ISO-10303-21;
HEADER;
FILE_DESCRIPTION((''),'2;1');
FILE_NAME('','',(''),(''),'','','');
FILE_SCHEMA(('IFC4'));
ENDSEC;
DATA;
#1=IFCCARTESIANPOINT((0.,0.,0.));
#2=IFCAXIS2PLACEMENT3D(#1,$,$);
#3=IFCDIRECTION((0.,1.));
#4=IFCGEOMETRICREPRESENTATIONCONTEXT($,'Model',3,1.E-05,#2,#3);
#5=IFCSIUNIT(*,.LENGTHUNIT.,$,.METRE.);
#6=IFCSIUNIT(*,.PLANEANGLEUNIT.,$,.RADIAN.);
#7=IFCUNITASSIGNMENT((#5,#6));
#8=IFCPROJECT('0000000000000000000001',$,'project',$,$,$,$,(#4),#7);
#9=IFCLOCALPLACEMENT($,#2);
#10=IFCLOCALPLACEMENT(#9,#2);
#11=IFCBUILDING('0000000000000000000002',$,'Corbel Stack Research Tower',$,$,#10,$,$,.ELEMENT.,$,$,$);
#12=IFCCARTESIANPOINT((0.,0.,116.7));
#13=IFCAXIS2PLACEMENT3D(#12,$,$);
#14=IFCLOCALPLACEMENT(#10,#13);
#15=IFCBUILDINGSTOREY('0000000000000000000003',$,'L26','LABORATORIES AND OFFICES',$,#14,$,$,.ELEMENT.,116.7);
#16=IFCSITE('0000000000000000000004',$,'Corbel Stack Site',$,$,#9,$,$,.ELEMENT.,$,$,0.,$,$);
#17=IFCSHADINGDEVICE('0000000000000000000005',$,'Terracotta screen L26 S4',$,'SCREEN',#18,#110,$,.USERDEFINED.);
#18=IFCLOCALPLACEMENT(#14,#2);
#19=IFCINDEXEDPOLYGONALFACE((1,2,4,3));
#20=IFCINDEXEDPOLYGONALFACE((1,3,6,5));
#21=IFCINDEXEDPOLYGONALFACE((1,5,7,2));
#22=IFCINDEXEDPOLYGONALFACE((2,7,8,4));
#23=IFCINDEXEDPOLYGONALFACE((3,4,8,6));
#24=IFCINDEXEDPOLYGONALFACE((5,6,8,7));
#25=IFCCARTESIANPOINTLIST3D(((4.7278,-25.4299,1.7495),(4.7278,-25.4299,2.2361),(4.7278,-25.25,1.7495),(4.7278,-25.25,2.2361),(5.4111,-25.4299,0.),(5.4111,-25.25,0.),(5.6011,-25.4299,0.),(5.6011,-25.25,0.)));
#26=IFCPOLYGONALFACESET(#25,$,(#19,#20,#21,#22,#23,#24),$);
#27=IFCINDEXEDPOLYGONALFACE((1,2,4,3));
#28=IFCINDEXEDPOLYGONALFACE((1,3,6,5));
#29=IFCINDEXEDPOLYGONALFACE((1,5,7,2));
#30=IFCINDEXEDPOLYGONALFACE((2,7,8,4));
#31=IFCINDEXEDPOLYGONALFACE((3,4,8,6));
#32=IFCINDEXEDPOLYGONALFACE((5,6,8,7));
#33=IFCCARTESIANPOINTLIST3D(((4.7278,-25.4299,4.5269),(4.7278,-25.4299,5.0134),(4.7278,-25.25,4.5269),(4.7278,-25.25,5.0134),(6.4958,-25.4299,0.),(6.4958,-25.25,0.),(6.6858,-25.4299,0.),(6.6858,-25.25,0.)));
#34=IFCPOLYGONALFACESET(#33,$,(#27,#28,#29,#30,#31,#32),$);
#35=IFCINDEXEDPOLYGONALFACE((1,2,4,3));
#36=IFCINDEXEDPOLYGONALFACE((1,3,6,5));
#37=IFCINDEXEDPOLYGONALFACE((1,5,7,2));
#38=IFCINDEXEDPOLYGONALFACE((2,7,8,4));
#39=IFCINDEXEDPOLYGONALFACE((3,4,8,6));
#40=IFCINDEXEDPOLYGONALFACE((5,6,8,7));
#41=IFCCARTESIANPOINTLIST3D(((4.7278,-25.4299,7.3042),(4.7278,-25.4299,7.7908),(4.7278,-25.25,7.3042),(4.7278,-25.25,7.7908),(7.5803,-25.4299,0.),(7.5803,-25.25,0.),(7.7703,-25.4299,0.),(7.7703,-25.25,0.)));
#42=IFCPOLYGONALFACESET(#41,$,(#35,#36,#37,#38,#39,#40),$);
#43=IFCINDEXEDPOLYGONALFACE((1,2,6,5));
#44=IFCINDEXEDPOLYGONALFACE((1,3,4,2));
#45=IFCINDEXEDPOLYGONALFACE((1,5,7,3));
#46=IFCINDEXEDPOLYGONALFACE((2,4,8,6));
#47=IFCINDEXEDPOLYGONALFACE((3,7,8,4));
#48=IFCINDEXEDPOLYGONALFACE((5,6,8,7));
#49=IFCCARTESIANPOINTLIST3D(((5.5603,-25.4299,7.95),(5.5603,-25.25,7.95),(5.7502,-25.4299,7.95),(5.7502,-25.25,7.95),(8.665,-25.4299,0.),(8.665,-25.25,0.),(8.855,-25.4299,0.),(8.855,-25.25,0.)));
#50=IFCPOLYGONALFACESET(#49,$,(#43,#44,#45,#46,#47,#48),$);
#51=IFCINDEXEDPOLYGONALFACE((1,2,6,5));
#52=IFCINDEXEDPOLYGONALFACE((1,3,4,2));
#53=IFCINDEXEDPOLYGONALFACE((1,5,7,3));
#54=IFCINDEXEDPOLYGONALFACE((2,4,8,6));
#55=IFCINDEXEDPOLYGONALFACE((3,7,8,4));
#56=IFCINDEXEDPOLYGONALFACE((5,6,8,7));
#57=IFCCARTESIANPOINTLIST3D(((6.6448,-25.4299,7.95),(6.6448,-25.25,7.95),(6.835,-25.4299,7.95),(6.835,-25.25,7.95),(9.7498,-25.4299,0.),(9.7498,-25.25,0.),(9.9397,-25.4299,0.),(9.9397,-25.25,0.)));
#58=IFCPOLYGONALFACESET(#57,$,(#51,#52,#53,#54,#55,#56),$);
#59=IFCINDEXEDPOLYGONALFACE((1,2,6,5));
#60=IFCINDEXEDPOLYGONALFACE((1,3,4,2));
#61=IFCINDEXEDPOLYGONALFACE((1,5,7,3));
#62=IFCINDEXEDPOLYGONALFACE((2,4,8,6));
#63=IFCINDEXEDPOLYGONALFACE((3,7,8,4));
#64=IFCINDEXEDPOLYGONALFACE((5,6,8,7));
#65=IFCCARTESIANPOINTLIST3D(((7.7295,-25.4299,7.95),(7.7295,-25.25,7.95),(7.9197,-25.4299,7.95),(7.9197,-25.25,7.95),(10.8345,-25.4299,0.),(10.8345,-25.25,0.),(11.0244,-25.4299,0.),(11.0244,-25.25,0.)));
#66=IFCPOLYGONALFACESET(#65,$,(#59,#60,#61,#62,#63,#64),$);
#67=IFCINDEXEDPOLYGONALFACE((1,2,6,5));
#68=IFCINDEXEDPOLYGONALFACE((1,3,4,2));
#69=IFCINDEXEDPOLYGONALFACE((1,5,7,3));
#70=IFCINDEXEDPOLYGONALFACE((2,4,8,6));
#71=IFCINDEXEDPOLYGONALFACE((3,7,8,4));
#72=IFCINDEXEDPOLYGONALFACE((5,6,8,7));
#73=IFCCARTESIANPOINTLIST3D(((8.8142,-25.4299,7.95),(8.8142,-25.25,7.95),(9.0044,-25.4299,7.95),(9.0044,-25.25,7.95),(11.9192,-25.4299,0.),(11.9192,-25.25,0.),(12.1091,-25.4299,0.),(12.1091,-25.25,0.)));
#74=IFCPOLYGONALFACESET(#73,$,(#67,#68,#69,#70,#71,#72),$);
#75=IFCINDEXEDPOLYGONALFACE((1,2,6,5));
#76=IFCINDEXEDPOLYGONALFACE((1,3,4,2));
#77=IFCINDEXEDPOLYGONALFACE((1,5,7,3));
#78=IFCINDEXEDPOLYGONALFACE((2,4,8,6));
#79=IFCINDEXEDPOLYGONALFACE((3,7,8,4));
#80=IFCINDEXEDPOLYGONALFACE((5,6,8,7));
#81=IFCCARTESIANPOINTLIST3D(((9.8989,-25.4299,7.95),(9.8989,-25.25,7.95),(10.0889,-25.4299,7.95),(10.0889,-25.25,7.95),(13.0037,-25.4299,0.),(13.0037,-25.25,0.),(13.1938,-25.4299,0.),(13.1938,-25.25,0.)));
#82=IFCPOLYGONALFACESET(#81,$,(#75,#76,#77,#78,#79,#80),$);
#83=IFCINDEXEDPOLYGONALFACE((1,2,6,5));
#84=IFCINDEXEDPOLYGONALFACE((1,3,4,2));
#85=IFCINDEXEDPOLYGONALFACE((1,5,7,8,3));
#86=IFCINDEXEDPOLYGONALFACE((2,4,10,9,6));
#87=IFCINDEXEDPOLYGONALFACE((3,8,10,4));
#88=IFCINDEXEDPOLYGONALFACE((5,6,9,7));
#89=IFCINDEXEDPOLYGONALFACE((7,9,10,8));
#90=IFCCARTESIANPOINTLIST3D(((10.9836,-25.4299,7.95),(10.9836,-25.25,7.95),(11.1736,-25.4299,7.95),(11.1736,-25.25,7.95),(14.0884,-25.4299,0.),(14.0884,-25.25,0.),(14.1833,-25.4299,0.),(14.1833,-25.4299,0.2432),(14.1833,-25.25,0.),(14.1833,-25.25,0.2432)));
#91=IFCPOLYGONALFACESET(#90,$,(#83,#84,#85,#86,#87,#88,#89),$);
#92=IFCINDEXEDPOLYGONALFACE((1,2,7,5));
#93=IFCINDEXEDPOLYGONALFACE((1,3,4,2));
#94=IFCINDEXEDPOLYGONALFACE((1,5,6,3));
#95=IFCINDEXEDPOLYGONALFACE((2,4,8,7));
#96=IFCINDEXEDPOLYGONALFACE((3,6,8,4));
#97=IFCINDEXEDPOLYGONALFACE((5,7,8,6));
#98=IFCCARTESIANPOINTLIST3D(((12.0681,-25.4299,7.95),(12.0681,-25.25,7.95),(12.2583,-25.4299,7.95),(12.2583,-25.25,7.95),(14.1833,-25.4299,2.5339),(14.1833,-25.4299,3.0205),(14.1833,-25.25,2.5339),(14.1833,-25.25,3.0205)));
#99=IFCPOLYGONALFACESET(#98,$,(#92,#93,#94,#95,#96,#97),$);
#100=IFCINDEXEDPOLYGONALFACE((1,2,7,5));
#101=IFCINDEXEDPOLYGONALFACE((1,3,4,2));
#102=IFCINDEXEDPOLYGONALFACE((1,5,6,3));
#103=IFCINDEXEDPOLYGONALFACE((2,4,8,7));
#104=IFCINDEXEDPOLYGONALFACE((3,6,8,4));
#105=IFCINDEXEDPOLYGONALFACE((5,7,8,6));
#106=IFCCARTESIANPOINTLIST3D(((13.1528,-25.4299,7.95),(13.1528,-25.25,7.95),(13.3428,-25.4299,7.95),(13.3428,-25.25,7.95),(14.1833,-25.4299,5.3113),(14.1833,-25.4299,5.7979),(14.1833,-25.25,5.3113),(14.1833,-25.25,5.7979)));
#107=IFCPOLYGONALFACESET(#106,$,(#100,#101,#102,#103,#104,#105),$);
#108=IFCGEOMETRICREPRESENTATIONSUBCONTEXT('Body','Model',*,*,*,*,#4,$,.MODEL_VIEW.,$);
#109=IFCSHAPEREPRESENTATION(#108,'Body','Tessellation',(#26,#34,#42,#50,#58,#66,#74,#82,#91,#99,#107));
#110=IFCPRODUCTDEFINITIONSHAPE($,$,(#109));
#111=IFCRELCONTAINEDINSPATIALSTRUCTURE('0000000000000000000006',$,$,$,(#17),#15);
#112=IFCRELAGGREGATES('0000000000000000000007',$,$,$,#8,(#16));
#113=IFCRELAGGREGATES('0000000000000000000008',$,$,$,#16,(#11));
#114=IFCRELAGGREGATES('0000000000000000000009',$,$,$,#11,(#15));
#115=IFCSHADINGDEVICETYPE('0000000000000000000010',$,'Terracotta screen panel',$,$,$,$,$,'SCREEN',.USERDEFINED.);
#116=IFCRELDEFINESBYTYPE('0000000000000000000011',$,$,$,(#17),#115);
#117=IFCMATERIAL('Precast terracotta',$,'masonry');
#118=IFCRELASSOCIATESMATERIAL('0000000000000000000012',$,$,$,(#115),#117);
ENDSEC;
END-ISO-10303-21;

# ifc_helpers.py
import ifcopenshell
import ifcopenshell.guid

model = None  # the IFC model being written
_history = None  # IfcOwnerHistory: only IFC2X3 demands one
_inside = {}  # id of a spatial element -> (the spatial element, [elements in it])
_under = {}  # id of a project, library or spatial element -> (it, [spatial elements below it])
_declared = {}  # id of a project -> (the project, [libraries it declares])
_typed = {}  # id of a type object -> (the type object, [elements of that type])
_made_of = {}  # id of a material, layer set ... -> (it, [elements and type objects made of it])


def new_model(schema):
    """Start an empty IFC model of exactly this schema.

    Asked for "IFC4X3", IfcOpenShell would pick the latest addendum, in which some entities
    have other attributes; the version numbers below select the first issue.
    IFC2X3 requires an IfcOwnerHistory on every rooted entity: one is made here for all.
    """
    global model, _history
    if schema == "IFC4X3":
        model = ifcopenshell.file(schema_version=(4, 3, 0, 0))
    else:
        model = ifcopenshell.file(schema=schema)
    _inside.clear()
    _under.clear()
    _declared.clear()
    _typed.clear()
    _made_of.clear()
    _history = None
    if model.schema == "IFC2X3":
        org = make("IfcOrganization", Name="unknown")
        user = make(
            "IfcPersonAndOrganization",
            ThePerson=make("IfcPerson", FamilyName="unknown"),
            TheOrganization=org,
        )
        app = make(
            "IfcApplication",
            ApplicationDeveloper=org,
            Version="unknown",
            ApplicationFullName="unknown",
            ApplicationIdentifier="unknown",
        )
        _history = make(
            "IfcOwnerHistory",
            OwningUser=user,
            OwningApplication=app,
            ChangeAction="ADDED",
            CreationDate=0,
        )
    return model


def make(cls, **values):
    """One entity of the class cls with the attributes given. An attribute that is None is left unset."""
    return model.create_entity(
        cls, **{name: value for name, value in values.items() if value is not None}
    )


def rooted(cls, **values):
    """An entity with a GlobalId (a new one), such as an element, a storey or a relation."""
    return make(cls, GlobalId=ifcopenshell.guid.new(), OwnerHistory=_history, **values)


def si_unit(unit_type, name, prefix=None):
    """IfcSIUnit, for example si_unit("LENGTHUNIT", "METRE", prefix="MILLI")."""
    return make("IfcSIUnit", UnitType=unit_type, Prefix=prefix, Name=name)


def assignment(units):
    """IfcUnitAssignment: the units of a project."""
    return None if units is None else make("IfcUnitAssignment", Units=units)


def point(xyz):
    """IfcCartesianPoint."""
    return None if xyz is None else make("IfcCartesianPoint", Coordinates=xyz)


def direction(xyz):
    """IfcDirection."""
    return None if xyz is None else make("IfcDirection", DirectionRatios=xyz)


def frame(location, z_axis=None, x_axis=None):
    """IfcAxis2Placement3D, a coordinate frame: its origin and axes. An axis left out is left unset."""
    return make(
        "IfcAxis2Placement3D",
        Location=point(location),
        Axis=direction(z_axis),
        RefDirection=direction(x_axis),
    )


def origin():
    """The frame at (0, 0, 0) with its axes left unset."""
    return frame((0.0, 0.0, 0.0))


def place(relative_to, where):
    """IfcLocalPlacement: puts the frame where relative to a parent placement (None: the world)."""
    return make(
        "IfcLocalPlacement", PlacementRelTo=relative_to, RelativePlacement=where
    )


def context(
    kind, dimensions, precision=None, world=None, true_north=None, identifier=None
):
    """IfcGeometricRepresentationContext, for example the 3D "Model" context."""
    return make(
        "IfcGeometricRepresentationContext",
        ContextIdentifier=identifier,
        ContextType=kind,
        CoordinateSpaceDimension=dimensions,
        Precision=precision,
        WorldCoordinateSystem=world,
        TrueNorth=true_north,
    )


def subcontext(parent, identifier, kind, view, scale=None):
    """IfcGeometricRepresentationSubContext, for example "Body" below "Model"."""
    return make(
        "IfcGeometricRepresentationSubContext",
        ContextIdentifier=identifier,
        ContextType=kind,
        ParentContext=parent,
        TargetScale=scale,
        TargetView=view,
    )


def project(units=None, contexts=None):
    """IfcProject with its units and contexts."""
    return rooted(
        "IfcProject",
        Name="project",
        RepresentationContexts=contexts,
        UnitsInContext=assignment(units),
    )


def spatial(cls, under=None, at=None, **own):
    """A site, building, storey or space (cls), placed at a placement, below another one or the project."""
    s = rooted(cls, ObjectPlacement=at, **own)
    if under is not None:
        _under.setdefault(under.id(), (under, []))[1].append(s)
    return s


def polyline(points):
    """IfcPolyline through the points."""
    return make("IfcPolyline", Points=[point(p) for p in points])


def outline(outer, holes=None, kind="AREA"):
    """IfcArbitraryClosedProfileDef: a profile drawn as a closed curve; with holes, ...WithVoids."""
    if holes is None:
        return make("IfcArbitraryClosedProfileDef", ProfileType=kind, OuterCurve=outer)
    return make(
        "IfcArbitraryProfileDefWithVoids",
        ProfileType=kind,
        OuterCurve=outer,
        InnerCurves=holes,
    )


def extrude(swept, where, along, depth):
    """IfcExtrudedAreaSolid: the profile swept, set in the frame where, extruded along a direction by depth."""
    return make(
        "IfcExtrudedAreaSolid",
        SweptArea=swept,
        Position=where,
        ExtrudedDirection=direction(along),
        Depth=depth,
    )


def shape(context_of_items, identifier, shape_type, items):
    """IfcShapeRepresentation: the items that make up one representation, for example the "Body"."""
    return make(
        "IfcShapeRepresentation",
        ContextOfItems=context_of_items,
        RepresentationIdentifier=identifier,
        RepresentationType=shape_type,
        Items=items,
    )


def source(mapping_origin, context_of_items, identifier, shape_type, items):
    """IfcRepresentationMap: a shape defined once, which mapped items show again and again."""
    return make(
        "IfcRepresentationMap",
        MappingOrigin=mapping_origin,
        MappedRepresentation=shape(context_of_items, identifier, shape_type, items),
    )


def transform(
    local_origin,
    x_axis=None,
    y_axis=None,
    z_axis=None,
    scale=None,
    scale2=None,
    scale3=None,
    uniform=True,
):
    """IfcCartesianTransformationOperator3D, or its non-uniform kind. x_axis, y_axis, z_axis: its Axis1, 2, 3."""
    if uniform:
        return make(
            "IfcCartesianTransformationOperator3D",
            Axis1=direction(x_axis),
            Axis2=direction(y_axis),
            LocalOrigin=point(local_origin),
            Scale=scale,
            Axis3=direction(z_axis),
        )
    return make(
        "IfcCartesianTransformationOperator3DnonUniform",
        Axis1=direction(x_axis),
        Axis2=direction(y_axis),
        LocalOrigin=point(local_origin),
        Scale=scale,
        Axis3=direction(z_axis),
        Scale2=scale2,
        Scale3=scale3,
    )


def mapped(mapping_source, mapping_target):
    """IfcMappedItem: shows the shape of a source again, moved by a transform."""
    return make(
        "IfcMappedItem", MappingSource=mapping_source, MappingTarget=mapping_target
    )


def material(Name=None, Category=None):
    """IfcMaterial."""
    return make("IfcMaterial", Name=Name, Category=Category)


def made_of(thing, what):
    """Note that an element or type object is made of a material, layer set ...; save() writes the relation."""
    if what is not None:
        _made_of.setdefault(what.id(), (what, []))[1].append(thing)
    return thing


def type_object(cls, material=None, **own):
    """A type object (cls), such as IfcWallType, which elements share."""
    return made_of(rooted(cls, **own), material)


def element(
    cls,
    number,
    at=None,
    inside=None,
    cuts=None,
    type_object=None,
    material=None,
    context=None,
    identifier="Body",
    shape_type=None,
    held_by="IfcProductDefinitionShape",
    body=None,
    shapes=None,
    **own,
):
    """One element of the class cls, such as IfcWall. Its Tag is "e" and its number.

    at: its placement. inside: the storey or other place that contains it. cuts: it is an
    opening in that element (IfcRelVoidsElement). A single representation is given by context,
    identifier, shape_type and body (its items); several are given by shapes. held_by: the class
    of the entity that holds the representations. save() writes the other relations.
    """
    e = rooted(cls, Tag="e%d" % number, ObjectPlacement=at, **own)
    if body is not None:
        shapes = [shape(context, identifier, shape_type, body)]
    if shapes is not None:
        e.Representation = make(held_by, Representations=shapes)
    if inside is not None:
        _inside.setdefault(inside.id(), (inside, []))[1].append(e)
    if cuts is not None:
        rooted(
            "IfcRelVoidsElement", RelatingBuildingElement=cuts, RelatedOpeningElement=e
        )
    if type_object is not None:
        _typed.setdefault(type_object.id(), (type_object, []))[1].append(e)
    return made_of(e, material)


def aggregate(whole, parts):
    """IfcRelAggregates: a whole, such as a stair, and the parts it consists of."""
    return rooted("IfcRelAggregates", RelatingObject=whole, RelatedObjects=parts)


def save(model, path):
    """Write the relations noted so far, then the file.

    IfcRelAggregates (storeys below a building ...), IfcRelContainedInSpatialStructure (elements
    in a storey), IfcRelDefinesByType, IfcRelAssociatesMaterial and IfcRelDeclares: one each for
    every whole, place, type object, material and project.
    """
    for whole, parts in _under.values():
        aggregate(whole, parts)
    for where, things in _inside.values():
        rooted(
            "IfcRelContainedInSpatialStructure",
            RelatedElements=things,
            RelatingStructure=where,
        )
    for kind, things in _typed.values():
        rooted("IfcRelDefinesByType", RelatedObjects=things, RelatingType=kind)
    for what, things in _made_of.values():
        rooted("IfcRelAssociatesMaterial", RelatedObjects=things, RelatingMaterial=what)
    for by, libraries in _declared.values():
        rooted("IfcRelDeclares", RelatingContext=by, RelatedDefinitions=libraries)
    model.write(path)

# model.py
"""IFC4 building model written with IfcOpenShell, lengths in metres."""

from ifc_helpers import new_model, si_unit, direction, frame, origin, place, context, subcontext, project, spatial, polyline, outline, extrude, source, transform, mapped, material, type_object, element, save


model = new_model("IFC4")

# Units and contexts
model_context = context("Model", 3, precision=1e-05, world=origin(), true_north=direction((0.0, 1.0)))
body_context = subcontext(model_context, "Body", "Model", "MODEL_VIEW")
ifc_project = project(units=[si_unit("LENGTHUNIT", "METRE"), si_unit("PLANEANGLEUNIT", "RADIAN")], contexts=[model_context])

# Site, building, storey
site_placement = place(None, origin())
site = spatial("IfcSite", under=ifc_project, at=site_placement, Name="Corbel Stack Site", CompositionType="ELEMENT", RefElevation=0.0)
building_placement = place(site_placement, origin())
building = spatial("IfcBuilding", under=site, at=building_placement, Name="Corbel Stack Research Tower", CompositionType="ELEMENT")
storey_placement = place(building_placement, frame((0.0, 0.0, 116.7)))
storey = spatial("IfcBuildingStorey", under=building, at=storey_placement, Name="L26", Description="LABORATORIES AND OFFICES", CompositionType="ELEMENT", Elevation=116.7)

# Shading device
ifc_material_1 = material(Name="Precast terracotta", Category="masonry")
shading_device_type = type_object("IfcShadingDeviceType", Name="Terracotta screen panel", ElementType="SCREEN", PredefinedType="USERDEFINED", material=ifc_material_1)
shared_shape = source(origin(), body_context, "Body", "SweptSolid", [
    extrude(outline(polyline([(0.8733, 0.0), (0.0, 2.2361), (0.0, 1.7495), (0.6833, 0.0), (0.8733, 0.0)])), frame((0.0, 0.0, 0.0), z_axis=(0.0, -1.0, 0.0), x_axis=(1.0, 0.0, 0.0)), (0.0, 0.0, 1.0), 0.1799),
    extrude(outline(polyline([(1.958, 0.0), (0.0, 5.0134), (0.0, 4.5269), (1.7681, 0.0), (1.958, 0.0)])), frame((0.0, 0.0, 0.0), z_axis=(0.0, -1.0, 0.0), x_axis=(1.0, 0.0, 0.0)), (0.0, 0.0, 1.0), 0.1799),
    extrude(outline(polyline([(3.0425, 0.0), (0.0, 7.7908), (0.0, 7.3042), (2.8525, 0.0), (3.0425, 0.0)])), frame((0.0, 0.0, 0.0), z_axis=(0.0, -1.0, 0.0), x_axis=(1.0, 0.0, 0.0)), (0.0, 0.0, 1.0), 0.1799),
    extrude(outline(polyline([(4.1272, 0.0), (1.0225, 7.95), (0.8325, 7.95), (3.9373, 0.0), (4.1272, 0.0)])), frame((0.0, 0.0, 0.0), z_axis=(0.0, -1.0, 0.0), x_axis=(1.0, 0.0, 0.0)), (0.0, 0.0, 1.0), 0.1799),
    extrude(outline(polyline([(5.2119, 0.0), (2.1072, 7.95), (1.917, 7.95), (5.022, 0.0), (5.2119, 0.0)])), frame((0.0, 0.0, 0.0), z_axis=(0.0, -1.0, 0.0), x_axis=(1.0, 0.0, 0.0)), (0.0, 0.0, 1.0), 0.1799),
    extrude(outline(polyline([(6.2966, 0.0), (3.1919, 7.95), (3.0017, 7.95), (6.1067, 0.0), (6.2966, 0.0)])), frame((0.0, 0.0, 0.0), z_axis=(0.0, -1.0, 0.0), x_axis=(1.0, 0.0, 0.0)), (0.0, 0.0, 1.0), 0.1799),
    extrude(outline(polyline([(7.3813, 0.0), (4.2766, 7.95), (4.0864, 7.95), (7.1914, 0.0), (7.3813, 0.0)])), frame((0.0, 0.0, 0.0), z_axis=(0.0, -1.0, 0.0), x_axis=(1.0, 0.0, 0.0)), (0.0, 0.0, 1.0), 0.1799),
    extrude(outline(polyline([(8.4661, 0.0), (5.3611, 7.95), (5.1711, 7.95), (8.2759, 0.0), (8.4661, 0.0)])), frame((0.0, 0.0, 0.0), z_axis=(0.0, -1.0, 0.0), x_axis=(1.0, 0.0, 0.0)), (0.0, 0.0, 1.0), 0.1799),
    extrude(outline(polyline([(9.4556, 0.0), (9.4556, 0.2432), (6.4458, 7.95), (6.2559, 7.95), (9.3606, 0.0), (9.4556, 0.0)])), frame((0.0, 0.0, 0.0), z_axis=(0.0, -1.0, 0.0), x_axis=(1.0, 0.0, 0.0)), (0.0, 0.0, 1.0), 0.1799),
    extrude(outline(polyline([(7.5305, 7.95), (7.3403, 7.95), (9.4556, 2.5339), (9.4556, 3.0205), (7.5305, 7.95)])), frame((0.0, 0.0, 0.0), z_axis=(0.0, -1.0, 0.0), x_axis=(1.0, 0.0, 0.0)), (0.0, 0.0, 1.0), 0.1799),
    extrude(outline(polyline([(8.615, 7.95), (8.425, 7.95), (9.4556, 5.3113), (9.4556, 5.7979), (8.615, 7.95)])), frame((0.0, 0.0, 0.0), z_axis=(0.0, -1.0, 0.0), x_axis=(1.0, 0.0, 0.0)), (0.0, 0.0, 1.0), 0.1799),
])
shading_device_placement = place(storey_placement, frame((4.7278, -25.25, 0.0), z_axis=(0.0, 0.0, 1.0), x_axis=(1.0, 0.0, 0.0)))
element("IfcShadingDevice", 1, at=shading_device_placement, inside=storey, type_object=shading_device_type, Name="Terracotta screen L26 S4", ObjectType="SCREEN", PredefinedType="USERDEFINED", context=body_context, shape_type="MappedRepresentation", body=[
    mapped(shared_shape, transform((0.0, 0.0, 0.0))),
])

save(model, "model.ifc")
